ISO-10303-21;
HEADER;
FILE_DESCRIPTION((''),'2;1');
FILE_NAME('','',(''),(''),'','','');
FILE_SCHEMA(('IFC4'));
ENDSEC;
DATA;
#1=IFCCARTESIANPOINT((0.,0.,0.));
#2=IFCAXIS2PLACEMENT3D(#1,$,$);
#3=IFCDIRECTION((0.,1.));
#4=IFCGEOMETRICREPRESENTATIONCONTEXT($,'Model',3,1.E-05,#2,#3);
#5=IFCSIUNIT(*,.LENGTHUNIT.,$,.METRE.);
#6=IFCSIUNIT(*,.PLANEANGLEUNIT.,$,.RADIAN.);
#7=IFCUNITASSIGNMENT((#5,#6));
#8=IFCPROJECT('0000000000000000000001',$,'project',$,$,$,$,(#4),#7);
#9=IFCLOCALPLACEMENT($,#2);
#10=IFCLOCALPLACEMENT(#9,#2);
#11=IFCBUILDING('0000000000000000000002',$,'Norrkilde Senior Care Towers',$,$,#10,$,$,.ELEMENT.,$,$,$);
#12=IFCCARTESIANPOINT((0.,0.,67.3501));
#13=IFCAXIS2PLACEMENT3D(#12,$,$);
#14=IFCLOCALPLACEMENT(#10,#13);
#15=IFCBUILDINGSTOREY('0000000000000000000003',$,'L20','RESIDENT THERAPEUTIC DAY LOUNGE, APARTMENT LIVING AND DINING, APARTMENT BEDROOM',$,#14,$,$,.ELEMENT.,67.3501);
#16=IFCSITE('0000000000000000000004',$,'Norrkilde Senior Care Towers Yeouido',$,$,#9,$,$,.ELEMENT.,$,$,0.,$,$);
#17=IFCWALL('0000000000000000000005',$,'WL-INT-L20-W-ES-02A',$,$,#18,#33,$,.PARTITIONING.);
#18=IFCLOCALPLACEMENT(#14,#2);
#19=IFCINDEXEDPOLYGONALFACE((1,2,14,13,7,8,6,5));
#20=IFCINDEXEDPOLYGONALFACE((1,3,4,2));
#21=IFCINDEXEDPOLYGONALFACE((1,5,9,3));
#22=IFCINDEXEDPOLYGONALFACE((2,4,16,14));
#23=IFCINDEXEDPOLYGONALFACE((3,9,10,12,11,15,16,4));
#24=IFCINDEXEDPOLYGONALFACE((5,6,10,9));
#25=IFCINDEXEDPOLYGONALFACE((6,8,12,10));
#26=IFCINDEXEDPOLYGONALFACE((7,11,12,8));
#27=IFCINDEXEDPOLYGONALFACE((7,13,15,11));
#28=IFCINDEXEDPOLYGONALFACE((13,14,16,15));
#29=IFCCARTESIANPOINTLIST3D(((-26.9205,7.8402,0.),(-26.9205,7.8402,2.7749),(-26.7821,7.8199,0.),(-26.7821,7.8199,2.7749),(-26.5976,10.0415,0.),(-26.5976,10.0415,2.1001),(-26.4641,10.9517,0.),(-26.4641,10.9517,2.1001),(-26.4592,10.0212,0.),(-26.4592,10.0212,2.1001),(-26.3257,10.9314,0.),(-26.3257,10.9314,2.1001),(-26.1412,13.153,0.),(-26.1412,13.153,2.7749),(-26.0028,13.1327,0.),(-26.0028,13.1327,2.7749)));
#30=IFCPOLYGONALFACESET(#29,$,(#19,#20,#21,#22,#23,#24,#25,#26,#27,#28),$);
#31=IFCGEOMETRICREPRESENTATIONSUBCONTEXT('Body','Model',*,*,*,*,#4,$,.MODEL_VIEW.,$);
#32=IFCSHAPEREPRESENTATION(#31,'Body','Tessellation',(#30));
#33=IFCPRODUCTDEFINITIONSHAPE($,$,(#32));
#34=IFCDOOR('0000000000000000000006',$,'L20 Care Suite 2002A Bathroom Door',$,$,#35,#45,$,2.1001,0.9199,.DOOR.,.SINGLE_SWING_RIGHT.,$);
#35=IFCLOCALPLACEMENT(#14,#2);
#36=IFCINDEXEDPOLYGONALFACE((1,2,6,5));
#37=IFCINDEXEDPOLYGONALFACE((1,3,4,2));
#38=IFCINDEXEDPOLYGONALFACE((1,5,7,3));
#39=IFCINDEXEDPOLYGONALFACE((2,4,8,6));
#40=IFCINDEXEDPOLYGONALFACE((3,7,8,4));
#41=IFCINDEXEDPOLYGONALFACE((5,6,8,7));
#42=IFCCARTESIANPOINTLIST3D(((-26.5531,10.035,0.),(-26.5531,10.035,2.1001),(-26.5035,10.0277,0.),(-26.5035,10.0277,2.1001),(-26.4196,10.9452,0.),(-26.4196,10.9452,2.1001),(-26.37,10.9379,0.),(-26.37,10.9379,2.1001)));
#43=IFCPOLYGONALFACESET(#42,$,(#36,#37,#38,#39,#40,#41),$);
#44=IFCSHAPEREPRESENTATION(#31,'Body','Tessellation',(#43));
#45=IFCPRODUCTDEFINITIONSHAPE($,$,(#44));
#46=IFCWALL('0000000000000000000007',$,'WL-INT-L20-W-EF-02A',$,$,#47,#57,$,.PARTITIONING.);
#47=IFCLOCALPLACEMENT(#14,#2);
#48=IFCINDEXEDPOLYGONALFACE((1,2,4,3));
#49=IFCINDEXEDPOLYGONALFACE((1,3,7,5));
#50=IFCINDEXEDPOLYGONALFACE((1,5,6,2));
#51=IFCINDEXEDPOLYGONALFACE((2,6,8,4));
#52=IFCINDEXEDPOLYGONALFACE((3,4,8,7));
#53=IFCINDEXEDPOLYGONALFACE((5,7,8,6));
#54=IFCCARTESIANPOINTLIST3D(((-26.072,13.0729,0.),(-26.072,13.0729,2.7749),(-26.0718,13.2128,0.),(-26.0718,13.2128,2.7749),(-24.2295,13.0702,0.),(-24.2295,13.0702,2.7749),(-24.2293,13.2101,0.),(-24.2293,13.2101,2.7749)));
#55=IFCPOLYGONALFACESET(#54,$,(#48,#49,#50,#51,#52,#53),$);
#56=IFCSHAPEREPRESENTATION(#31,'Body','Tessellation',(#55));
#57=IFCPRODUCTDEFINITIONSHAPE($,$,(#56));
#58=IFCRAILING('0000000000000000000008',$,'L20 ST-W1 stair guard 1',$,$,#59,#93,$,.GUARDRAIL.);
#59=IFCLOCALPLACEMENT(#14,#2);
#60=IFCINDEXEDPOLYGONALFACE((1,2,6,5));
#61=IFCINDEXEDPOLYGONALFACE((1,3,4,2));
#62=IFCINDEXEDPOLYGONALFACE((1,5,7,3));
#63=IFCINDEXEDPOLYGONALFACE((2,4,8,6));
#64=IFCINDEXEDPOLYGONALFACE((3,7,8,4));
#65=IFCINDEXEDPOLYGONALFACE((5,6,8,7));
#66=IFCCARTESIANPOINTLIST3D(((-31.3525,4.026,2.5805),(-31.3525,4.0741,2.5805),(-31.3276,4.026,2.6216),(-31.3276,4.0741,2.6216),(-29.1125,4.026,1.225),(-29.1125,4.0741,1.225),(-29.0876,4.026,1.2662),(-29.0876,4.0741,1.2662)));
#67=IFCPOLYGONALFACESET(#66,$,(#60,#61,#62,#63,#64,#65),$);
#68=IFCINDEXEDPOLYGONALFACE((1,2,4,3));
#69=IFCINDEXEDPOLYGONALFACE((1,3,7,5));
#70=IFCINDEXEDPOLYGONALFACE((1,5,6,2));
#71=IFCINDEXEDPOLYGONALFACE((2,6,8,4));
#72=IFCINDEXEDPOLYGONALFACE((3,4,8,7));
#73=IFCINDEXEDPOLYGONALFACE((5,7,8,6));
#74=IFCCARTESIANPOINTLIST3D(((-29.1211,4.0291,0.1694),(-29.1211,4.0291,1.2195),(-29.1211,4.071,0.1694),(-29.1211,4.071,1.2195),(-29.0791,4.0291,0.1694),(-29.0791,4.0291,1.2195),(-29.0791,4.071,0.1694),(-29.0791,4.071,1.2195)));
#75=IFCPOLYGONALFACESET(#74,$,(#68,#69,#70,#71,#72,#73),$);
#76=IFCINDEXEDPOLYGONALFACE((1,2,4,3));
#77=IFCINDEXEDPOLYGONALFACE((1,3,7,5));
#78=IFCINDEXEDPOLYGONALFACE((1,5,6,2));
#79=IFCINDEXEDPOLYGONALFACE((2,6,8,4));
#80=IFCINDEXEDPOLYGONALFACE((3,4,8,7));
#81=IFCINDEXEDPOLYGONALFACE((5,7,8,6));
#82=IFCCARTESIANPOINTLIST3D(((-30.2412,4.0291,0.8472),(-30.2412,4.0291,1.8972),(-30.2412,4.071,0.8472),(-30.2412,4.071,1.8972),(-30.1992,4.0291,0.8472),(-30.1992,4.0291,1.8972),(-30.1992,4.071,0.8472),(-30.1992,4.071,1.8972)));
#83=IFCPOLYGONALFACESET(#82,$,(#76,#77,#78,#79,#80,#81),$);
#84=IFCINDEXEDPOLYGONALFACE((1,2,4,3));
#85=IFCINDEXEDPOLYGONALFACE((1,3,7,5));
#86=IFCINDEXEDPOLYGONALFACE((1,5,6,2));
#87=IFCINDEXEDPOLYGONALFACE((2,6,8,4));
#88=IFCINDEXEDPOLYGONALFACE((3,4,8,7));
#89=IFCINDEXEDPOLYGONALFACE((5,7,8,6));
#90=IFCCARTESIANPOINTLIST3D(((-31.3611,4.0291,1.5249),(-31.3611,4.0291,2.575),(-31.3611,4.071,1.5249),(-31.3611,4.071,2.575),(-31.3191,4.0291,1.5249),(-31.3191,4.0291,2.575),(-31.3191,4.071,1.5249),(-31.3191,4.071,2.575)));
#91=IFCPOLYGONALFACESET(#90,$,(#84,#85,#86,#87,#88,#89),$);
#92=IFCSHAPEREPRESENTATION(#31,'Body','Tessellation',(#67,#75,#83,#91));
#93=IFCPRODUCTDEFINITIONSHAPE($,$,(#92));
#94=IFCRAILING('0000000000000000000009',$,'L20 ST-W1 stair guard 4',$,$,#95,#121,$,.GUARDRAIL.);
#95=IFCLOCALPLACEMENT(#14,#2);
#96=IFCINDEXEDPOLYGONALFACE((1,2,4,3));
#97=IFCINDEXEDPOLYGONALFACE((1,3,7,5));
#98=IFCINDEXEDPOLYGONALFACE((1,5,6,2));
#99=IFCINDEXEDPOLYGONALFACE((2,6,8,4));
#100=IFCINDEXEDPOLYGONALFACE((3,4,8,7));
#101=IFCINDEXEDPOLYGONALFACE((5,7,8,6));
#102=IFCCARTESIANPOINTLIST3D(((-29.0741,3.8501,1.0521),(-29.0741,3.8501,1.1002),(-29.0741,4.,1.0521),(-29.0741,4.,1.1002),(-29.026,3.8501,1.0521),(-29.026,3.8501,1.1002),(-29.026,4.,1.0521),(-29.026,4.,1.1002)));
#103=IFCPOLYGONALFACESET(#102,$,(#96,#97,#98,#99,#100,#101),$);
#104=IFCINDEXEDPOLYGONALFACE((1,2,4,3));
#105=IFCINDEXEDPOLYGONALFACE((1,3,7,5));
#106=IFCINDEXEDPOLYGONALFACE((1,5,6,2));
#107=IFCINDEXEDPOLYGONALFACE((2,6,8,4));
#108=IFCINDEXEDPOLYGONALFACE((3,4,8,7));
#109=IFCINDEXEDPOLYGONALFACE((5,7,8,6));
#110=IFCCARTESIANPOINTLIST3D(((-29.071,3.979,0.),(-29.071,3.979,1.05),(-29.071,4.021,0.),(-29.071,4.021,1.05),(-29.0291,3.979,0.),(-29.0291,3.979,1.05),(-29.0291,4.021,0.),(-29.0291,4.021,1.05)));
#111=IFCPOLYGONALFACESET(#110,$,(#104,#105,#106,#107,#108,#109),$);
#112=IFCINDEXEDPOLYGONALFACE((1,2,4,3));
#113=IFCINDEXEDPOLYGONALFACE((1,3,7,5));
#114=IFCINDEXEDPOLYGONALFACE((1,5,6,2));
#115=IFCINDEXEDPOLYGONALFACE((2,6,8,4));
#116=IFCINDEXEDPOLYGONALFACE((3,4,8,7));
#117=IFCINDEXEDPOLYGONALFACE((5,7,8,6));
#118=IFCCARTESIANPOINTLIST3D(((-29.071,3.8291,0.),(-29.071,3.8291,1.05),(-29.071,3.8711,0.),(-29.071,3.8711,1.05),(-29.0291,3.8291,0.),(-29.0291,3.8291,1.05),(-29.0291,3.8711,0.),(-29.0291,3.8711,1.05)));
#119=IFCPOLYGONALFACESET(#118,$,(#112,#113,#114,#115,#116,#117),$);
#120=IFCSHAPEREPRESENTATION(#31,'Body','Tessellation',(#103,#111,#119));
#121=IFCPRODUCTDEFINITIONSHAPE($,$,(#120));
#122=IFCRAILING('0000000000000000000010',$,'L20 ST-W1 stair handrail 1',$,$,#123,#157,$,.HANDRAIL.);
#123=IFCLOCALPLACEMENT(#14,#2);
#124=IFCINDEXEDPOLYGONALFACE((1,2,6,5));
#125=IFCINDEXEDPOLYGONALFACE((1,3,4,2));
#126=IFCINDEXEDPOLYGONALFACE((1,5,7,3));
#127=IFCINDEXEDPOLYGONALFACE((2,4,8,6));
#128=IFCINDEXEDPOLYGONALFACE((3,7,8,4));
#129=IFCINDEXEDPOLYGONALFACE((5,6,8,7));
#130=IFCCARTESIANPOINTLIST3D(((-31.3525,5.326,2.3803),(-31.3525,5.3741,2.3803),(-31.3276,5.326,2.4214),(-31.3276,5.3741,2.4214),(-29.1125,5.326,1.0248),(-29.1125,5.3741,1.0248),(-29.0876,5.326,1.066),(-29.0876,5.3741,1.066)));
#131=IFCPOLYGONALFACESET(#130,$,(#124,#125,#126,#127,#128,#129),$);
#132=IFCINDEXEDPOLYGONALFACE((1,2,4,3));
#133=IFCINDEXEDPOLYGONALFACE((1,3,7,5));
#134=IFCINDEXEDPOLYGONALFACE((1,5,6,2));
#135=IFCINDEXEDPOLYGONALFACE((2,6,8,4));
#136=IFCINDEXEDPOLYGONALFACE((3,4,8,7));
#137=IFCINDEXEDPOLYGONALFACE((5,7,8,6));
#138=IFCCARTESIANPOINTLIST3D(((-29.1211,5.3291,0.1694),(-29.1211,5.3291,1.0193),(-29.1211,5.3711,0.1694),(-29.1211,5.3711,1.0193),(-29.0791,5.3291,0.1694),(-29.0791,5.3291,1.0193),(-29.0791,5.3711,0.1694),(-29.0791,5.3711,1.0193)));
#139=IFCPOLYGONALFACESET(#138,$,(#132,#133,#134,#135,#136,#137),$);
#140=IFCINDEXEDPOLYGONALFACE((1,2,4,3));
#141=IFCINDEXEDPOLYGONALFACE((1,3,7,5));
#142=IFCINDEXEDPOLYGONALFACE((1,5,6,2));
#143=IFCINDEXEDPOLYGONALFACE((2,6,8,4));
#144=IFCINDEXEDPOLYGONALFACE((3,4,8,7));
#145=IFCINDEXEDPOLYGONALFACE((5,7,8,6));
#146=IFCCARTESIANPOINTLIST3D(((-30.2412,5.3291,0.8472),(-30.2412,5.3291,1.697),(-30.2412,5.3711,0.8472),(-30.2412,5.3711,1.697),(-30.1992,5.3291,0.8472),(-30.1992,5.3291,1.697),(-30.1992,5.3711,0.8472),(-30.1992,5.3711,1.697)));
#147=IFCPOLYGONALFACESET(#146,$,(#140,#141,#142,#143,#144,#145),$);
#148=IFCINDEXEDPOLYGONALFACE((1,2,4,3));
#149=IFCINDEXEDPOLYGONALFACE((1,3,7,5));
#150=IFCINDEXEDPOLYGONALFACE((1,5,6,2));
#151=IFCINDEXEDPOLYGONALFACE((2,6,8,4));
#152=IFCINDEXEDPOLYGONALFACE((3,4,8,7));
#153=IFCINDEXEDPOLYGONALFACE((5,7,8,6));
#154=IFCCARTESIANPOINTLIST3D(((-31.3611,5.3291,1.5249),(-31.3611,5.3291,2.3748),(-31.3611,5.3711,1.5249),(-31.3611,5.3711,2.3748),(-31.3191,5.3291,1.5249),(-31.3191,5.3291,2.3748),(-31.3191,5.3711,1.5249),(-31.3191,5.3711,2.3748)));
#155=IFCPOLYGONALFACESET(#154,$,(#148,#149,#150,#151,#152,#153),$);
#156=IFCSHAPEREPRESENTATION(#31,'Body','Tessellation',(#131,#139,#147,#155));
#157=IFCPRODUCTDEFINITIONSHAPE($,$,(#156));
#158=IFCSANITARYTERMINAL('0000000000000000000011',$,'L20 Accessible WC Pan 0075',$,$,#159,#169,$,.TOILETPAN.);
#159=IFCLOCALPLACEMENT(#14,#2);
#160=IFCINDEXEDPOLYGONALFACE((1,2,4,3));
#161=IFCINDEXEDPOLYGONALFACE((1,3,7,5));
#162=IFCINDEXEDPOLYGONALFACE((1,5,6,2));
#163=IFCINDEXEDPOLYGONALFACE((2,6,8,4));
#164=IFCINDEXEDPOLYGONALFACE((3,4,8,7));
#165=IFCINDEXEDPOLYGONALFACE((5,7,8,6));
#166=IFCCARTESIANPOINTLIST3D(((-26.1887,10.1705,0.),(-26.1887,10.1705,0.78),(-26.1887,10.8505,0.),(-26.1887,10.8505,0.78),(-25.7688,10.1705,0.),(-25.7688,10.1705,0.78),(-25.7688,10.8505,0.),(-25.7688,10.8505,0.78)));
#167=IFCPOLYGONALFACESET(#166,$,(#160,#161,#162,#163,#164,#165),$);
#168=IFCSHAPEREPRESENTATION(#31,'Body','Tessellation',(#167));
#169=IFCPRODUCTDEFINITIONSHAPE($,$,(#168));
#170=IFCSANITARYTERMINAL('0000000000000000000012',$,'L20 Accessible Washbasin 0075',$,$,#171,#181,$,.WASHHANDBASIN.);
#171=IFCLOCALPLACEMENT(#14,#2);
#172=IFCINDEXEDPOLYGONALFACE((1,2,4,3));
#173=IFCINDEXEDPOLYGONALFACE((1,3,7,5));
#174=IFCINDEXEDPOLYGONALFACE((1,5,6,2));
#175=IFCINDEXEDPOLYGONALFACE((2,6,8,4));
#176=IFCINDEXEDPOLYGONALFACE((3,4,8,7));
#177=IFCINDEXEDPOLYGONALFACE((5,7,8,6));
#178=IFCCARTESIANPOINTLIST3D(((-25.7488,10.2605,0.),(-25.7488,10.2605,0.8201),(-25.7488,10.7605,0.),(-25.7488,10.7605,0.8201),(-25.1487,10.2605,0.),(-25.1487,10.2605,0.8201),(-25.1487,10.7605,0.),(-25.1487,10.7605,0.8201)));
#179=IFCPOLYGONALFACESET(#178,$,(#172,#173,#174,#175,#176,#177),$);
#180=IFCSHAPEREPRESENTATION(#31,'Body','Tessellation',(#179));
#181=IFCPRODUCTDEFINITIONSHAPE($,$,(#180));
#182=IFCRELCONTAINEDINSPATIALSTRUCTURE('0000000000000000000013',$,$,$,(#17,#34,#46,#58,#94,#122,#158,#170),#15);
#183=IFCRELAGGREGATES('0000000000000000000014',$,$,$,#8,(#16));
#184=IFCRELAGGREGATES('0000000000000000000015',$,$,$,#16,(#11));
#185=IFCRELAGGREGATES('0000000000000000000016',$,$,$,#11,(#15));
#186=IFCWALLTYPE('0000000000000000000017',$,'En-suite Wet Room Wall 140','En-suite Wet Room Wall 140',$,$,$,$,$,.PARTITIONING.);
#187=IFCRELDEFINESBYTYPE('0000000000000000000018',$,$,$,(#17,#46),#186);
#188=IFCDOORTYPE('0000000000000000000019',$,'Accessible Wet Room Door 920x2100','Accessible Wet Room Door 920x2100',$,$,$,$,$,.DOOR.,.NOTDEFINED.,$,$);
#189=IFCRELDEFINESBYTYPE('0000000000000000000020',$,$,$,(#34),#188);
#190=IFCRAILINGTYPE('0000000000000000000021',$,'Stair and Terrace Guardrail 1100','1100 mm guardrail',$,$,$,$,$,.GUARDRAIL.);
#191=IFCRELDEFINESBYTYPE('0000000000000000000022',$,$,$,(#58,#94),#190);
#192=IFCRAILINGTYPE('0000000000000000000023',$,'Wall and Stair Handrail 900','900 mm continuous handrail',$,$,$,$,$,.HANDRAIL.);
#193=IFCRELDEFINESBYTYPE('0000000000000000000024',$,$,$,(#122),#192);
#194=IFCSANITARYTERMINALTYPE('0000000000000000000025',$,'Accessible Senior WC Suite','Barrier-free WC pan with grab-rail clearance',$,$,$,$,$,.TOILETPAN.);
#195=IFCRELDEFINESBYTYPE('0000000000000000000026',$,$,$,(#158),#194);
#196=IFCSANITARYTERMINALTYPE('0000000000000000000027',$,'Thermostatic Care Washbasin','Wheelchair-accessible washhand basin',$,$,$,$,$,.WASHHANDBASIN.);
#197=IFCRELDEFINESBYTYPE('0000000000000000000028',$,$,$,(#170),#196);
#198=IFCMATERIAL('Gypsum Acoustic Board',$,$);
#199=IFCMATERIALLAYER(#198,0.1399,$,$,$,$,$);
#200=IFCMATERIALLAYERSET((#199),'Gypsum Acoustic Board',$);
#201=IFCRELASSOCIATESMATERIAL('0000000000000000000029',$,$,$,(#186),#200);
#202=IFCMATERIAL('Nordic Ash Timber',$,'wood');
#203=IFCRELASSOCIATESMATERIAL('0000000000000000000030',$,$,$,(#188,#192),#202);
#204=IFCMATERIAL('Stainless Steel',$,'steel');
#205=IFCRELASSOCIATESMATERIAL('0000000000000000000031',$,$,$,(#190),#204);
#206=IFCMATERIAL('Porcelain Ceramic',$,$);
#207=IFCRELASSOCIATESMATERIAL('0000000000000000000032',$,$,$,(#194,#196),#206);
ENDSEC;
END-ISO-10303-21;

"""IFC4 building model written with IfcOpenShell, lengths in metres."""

from ifc_helpers import new_model, si_unit, direction, frame, frame_2d, origin, origin_2d, place, context, subcontext, project, spatial, rectangle, extrude, source, transform, mapped, material, layer, layer_set, type_object, type_shapes, element, fill, save


model = new_model("IFC4")

# Units and contexts
model_context = context("Model", 3, precision=1e-05, world=origin(), true_north=direction((0.0, 1.0)))
body_context = subcontext(model_context, "Body", "Model", "MODEL_VIEW")
ifc_project = project(units=[si_unit("LENGTHUNIT", "METRE"), si_unit("PLANEANGLEUNIT", "RADIAN")], contexts=[model_context])

# Site, building, storey
site_placement = place(None, origin())
site = spatial("IfcSite", under=ifc_project, at=site_placement, Name="Norrkilde Senior Care Towers Yeouido", CompositionType="ELEMENT", RefElevation=0.0)
building_placement = place(site_placement, origin())
building = spatial("IfcBuilding", under=site, at=building_placement, Name="Norrkilde Senior Care Towers", CompositionType="ELEMENT")
storey_placement = place(building_placement, frame((0.0, 0.0, 67.3501)))
storey = spatial("IfcBuildingStorey", under=building, at=storey_placement, Name="L20", Description="RESIDENT THERAPEUTIC DAY LOUNGE, APARTMENT LIVING AND DINING, APARTMENT BEDROOM", CompositionType="ELEMENT", Elevation=67.3501)

# Shared definitions
ifc_material_1 = material(Name="Stainless Steel", Category="steel")

# Shared definitions
ifc_material_2 = material(Name="Gypsum Acoustic Board")

# Shared definitions
ifc_layer_1 = layer(ifc_material_2, 0.1399)
ifc_layer_set_1 = layer_set([ifc_layer_1], Name="Gypsum Acoustic Board")
wall_type_1 = type_object("IfcWallType", Name="En-suite Wet Room Wall 140", Description="En-suite Wet Room Wall 140", PredefinedType="PARTITIONING", material=ifc_layer_set_1)
ifc_material_3 = material(Name="Nordic Ash Timber", Category="wood")
door_type_1 = type_object("IfcDoorType", Name="Accessible Wet Room Door 920x2100", Description="Accessible Wet Room Door 920x2100", OperationType="NOTDEFINED", PredefinedType="DOOR", material=ifc_material_3)
shared_shape_1 = source(origin(), body_context, "Body", "SweptSolid", [
    extrude(rectangle(XDim=0.9199, YDim=2.1001, at=frame_2d((0.46, 1.05))), frame((0.0, 0.0249, 0.0), z_axis=(0.0, -1.0, 0.0), x_axis=(1.0, 0.0, 0.0)), (0.0, 0.0, 1.0), 0.05),
])
type_shapes(door_type_1, [shared_shape_1])

# Wall, opening, door
shared_shape_2 = source(origin(), body_context, "Body", "SweptSolid", [
    extrude(rectangle(XDim=5.3696, YDim=0.1399, at=frame_2d((2.6848, 0.0))), origin(), (0.0, 0.0, 1.0), 2.7749),
])
wall_1_placement = place(storey_placement, frame((-26.8513, 7.8301, 0.0), z_axis=(0.0, 0.0, 1.0), x_axis=(0.145131, 0.989412, 0.0)))
wall_1 = element("IfcWall", 1, at=wall_1_placement, inside=storey, type_object=wall_type_1, Name="WL-INT-L20-W-ES-02A", PredefinedType="PARTITIONING", context=body_context, shape_type="MappedRepresentation", body=[
    mapped(shared_shape_2, transform((0.0, 0.0, 0.0), x_axis=(1.0, 0.0, 0.0), y_axis=(0.0, 1.0, 0.0), z_axis=(0.0, 0.0, 1.0), scale=1.0)),
])
opening_1_placement = place(wall_1_placement, frame((2.2249, 0.0, 0.0)))
opening_1 = element("IfcOpeningElement", 2, at=opening_1_placement, cuts=wall_1, PredefinedType="OPENING", context=body_context, shape_type="SweptSolid", body=[
    extrude(rectangle(XDim=0.9199, YDim=2.1001, at=frame_2d((0.46, 1.05))), frame((0.0, 0.0798, 0.0), z_axis=(0.0, -1.0, 0.0), x_axis=(1.0, 0.0, 0.0)), (0.0, 0.0, 1.0), 0.1599),
])
door_1_placement = place(opening_1_placement, origin())
door_1 = element("IfcDoor", 3, at=door_1_placement, inside=storey, type_object=door_type_1, Name="L20 Care Suite 2002A Bathroom Door", OperationType="SINGLE_SWING_RIGHT", OverallHeight=2.1001, OverallWidth=0.9199, PredefinedType="DOOR", context=body_context, shape_type="MappedRepresentation", body=[
    mapped(shared_shape_1, transform((0.0, 0.0, 0.0), x_axis=(1.0, 0.0, 0.0), y_axis=(0.0, 1.0, 0.0), z_axis=(0.0, 0.0, 1.0), scale=1.0)),
])
fill(opening_1, door_1)

# Wall
shared_shape_3 = source(origin(), body_context, "Body", "SweptSolid", [
    extrude(rectangle(XDim=1.8425, YDim=0.1399, at=frame_2d((0.9214, 0.0))), origin(), (0.0, 0.0, 1.0), 2.7749),
])
wall_2_placement = place(storey_placement, frame((-26.072, 13.1428, 0.0), z_axis=(0.0, 0.0, 1.0), x_axis=(0.999999, -0.001458, 0.0)))
element("IfcWall", 4, at=wall_2_placement, inside=storey, type_object=wall_type_1, Name="WL-INT-L20-W-EF-02A", PredefinedType="PARTITIONING", context=body_context, shape_type="MappedRepresentation", body=[
    mapped(shared_shape_3, transform((0.0, 0.0, 0.0), x_axis=(1.0, 0.0, 0.0), y_axis=(0.0, 1.0, 0.0), z_axis=(0.0, 0.0, 1.0), scale=1.0)),
])

# Railings
railing_type_1 = type_object("IfcRailingType", Name="Stair and Terrace Guardrail 1100", Description="1100 mm guardrail", PredefinedType="GUARDRAIL", material=ifc_material_1)
railing_1_placement = place(storey_placement, frame((-29.1001, 4.05, 0.1694)))
element("IfcRailing", 5, at=railing_1_placement, inside=storey, type_object=railing_type_1, Name="L20 ST-W1 stair guard 1", PredefinedType="GUARDRAIL", context=body_context, shape_type="SweptSolid", body=[
    extrude(rectangle(XDim=0.0481, YDim=0.0481, at=origin_2d()), frame((0.0, 0.0, 1.0762), z_axis=(-0.855553, 0.0, 0.517715), x_axis=(0.0, -1.0, 0.0)), (0.0, 0.0, 1.0), 2.6182),
    extrude(rectangle(XDim=0.042, YDim=0.042, at=origin_2d()), origin(), (0.0, 0.0, 1.0), 1.05),
    extrude(rectangle(XDim=0.042, YDim=0.042, at=origin_2d()), frame((-1.1201, 0.0, 0.6777)), (0.0, 0.0, 1.0), 1.05),
    extrude(rectangle(XDim=0.042, YDim=0.042, at=origin_2d()), frame((-2.24, 0.0, 1.3555)), (0.0, 0.0, 1.0), 1.05),
])
railing_2_placement = place(storey_placement, frame((-29.05, 4.0, 0.0)))
element("IfcRailing", 6, at=railing_2_placement, inside=storey, type_object=railing_type_1, Name="L20 ST-W1 stair guard 4", PredefinedType="GUARDRAIL", context=body_context, shape_type="SweptSolid", body=[
    extrude(rectangle(XDim=0.0481, YDim=0.0481, at=origin_2d()), frame((0.0, 0.0, 1.0762), z_axis=(0.0, -1.0, 0.0), x_axis=(1.0, 0.0, 0.0)), (0.0, 0.0, 1.0), 0.1499),
    extrude(rectangle(XDim=0.042, YDim=0.042, at=origin_2d()), origin(), (0.0, 0.0, 1.0), 1.05),
    extrude(rectangle(XDim=0.042, YDim=0.042, at=origin_2d()), frame((0.0, -0.1499, 0.0)), (0.0, 0.0, 1.0), 1.05),
])
railing_type_2 = type_object("IfcRailingType", Name="Wall and Stair Handrail 900", Description="900 mm continuous handrail", PredefinedType="HANDRAIL", material=ifc_material_3)
railing_3_placement = place(storey_placement, frame((-29.1001, 5.3501, 0.1694)))
element("IfcRailing", 7, at=railing_3_placement, inside=storey, type_object=railing_type_2, Name="L20 ST-W1 stair handrail 1", PredefinedType="HANDRAIL", context=body_context, shape_type="SweptSolid", body=[
    extrude(rectangle(XDim=0.0481, YDim=0.0481, at=origin_2d()), frame((0.0, 0.0, 0.876), z_axis=(-0.855553, 0.0, 0.517715), x_axis=(0.0, -1.0, 0.0)), (0.0, 0.0, 1.0), 2.6182),
    extrude(rectangle(XDim=0.042, YDim=0.042, at=origin_2d()), origin(), (0.0, 0.0, 1.0), 0.8499),
    extrude(rectangle(XDim=0.042, YDim=0.042, at=origin_2d()), frame((-1.1201, 0.0, 0.6777)), (0.0, 0.0, 1.0), 0.8499),
    extrude(rectangle(XDim=0.042, YDim=0.042, at=origin_2d()), frame((-2.24, 0.0, 1.3555)), (0.0, 0.0, 1.0), 0.8499),
])

# Sanitary terminals
ifc_material_4 = material(Name="Porcelain Ceramic")
sanitary_terminal_type_1 = type_object("IfcSanitaryTerminalType", Name="Accessible Senior WC Suite", Description="Barrier-free WC pan with grab-rail clearance", PredefinedType="TOILETPAN", material=ifc_material_4)
shared_shape_4 = source(origin(), body_context, "Body", "SweptSolid", [
    extrude(rectangle(XDim=0.4199, YDim=0.6799, at=origin_2d()), origin(), (0.0, 0.0, 1.0), 0.78),
])
type_shapes(sanitary_terminal_type_1, [shared_shape_4])
sanitary_terminal_1_placement = place(storey_placement, frame((-25.9788, 10.5105, 0.0), z_axis=(0.0, 0.0, 1.0), x_axis=(1.0, 0.0, 0.0)))
element("IfcSanitaryTerminal", 8, at=sanitary_terminal_1_placement, inside=storey, type_object=sanitary_terminal_type_1, Name="L20 Accessible WC Pan 0075", PredefinedType="TOILETPAN", context=body_context, shape_type="MappedRepresentation", body=[
    mapped(shared_shape_4, transform((0.0, 0.0, 0.0), x_axis=(1.0, 0.0, 0.0), y_axis=(0.0, 1.0, 0.0), z_axis=(0.0, 0.0, 1.0), scale=1.0)),
])
sanitary_terminal_type_2 = type_object("IfcSanitaryTerminalType", Name="Thermostatic Care Washbasin", Description="Wheelchair-accessible washhand basin", PredefinedType="WASHHANDBASIN", material=ifc_material_4)
shared_shape_5 = source(origin(), body_context, "Body", "SweptSolid", [
    extrude(rectangle(XDim=0.6001, YDim=0.5, at=origin_2d()), origin(), (0.0, 0.0, 1.0), 0.8201),
])
type_shapes(sanitary_terminal_type_2, [shared_shape_5])
sanitary_terminal_2_placement = place(storey_placement, frame((-25.4487, 10.5105, 0.0), z_axis=(0.0, 0.0, 1.0), x_axis=(1.0, 0.0, 0.0)))
element("IfcSanitaryTerminal", 9, at=sanitary_terminal_2_placement, inside=storey, type_object=sanitary_terminal_type_2, Name="L20 Accessible Washbasin 0075", PredefinedType="WASHHANDBASIN", context=body_context, shape_type="MappedRepresentation", body=[
    mapped(shared_shape_5, transform((0.0, 0.0, 0.0), x_axis=(1.0, 0.0, 0.0), y_axis=(0.0, 1.0, 0.0), z_axis=(0.0, 0.0, 1.0), scale=1.0)),
])

save(model, "model.ifc")
